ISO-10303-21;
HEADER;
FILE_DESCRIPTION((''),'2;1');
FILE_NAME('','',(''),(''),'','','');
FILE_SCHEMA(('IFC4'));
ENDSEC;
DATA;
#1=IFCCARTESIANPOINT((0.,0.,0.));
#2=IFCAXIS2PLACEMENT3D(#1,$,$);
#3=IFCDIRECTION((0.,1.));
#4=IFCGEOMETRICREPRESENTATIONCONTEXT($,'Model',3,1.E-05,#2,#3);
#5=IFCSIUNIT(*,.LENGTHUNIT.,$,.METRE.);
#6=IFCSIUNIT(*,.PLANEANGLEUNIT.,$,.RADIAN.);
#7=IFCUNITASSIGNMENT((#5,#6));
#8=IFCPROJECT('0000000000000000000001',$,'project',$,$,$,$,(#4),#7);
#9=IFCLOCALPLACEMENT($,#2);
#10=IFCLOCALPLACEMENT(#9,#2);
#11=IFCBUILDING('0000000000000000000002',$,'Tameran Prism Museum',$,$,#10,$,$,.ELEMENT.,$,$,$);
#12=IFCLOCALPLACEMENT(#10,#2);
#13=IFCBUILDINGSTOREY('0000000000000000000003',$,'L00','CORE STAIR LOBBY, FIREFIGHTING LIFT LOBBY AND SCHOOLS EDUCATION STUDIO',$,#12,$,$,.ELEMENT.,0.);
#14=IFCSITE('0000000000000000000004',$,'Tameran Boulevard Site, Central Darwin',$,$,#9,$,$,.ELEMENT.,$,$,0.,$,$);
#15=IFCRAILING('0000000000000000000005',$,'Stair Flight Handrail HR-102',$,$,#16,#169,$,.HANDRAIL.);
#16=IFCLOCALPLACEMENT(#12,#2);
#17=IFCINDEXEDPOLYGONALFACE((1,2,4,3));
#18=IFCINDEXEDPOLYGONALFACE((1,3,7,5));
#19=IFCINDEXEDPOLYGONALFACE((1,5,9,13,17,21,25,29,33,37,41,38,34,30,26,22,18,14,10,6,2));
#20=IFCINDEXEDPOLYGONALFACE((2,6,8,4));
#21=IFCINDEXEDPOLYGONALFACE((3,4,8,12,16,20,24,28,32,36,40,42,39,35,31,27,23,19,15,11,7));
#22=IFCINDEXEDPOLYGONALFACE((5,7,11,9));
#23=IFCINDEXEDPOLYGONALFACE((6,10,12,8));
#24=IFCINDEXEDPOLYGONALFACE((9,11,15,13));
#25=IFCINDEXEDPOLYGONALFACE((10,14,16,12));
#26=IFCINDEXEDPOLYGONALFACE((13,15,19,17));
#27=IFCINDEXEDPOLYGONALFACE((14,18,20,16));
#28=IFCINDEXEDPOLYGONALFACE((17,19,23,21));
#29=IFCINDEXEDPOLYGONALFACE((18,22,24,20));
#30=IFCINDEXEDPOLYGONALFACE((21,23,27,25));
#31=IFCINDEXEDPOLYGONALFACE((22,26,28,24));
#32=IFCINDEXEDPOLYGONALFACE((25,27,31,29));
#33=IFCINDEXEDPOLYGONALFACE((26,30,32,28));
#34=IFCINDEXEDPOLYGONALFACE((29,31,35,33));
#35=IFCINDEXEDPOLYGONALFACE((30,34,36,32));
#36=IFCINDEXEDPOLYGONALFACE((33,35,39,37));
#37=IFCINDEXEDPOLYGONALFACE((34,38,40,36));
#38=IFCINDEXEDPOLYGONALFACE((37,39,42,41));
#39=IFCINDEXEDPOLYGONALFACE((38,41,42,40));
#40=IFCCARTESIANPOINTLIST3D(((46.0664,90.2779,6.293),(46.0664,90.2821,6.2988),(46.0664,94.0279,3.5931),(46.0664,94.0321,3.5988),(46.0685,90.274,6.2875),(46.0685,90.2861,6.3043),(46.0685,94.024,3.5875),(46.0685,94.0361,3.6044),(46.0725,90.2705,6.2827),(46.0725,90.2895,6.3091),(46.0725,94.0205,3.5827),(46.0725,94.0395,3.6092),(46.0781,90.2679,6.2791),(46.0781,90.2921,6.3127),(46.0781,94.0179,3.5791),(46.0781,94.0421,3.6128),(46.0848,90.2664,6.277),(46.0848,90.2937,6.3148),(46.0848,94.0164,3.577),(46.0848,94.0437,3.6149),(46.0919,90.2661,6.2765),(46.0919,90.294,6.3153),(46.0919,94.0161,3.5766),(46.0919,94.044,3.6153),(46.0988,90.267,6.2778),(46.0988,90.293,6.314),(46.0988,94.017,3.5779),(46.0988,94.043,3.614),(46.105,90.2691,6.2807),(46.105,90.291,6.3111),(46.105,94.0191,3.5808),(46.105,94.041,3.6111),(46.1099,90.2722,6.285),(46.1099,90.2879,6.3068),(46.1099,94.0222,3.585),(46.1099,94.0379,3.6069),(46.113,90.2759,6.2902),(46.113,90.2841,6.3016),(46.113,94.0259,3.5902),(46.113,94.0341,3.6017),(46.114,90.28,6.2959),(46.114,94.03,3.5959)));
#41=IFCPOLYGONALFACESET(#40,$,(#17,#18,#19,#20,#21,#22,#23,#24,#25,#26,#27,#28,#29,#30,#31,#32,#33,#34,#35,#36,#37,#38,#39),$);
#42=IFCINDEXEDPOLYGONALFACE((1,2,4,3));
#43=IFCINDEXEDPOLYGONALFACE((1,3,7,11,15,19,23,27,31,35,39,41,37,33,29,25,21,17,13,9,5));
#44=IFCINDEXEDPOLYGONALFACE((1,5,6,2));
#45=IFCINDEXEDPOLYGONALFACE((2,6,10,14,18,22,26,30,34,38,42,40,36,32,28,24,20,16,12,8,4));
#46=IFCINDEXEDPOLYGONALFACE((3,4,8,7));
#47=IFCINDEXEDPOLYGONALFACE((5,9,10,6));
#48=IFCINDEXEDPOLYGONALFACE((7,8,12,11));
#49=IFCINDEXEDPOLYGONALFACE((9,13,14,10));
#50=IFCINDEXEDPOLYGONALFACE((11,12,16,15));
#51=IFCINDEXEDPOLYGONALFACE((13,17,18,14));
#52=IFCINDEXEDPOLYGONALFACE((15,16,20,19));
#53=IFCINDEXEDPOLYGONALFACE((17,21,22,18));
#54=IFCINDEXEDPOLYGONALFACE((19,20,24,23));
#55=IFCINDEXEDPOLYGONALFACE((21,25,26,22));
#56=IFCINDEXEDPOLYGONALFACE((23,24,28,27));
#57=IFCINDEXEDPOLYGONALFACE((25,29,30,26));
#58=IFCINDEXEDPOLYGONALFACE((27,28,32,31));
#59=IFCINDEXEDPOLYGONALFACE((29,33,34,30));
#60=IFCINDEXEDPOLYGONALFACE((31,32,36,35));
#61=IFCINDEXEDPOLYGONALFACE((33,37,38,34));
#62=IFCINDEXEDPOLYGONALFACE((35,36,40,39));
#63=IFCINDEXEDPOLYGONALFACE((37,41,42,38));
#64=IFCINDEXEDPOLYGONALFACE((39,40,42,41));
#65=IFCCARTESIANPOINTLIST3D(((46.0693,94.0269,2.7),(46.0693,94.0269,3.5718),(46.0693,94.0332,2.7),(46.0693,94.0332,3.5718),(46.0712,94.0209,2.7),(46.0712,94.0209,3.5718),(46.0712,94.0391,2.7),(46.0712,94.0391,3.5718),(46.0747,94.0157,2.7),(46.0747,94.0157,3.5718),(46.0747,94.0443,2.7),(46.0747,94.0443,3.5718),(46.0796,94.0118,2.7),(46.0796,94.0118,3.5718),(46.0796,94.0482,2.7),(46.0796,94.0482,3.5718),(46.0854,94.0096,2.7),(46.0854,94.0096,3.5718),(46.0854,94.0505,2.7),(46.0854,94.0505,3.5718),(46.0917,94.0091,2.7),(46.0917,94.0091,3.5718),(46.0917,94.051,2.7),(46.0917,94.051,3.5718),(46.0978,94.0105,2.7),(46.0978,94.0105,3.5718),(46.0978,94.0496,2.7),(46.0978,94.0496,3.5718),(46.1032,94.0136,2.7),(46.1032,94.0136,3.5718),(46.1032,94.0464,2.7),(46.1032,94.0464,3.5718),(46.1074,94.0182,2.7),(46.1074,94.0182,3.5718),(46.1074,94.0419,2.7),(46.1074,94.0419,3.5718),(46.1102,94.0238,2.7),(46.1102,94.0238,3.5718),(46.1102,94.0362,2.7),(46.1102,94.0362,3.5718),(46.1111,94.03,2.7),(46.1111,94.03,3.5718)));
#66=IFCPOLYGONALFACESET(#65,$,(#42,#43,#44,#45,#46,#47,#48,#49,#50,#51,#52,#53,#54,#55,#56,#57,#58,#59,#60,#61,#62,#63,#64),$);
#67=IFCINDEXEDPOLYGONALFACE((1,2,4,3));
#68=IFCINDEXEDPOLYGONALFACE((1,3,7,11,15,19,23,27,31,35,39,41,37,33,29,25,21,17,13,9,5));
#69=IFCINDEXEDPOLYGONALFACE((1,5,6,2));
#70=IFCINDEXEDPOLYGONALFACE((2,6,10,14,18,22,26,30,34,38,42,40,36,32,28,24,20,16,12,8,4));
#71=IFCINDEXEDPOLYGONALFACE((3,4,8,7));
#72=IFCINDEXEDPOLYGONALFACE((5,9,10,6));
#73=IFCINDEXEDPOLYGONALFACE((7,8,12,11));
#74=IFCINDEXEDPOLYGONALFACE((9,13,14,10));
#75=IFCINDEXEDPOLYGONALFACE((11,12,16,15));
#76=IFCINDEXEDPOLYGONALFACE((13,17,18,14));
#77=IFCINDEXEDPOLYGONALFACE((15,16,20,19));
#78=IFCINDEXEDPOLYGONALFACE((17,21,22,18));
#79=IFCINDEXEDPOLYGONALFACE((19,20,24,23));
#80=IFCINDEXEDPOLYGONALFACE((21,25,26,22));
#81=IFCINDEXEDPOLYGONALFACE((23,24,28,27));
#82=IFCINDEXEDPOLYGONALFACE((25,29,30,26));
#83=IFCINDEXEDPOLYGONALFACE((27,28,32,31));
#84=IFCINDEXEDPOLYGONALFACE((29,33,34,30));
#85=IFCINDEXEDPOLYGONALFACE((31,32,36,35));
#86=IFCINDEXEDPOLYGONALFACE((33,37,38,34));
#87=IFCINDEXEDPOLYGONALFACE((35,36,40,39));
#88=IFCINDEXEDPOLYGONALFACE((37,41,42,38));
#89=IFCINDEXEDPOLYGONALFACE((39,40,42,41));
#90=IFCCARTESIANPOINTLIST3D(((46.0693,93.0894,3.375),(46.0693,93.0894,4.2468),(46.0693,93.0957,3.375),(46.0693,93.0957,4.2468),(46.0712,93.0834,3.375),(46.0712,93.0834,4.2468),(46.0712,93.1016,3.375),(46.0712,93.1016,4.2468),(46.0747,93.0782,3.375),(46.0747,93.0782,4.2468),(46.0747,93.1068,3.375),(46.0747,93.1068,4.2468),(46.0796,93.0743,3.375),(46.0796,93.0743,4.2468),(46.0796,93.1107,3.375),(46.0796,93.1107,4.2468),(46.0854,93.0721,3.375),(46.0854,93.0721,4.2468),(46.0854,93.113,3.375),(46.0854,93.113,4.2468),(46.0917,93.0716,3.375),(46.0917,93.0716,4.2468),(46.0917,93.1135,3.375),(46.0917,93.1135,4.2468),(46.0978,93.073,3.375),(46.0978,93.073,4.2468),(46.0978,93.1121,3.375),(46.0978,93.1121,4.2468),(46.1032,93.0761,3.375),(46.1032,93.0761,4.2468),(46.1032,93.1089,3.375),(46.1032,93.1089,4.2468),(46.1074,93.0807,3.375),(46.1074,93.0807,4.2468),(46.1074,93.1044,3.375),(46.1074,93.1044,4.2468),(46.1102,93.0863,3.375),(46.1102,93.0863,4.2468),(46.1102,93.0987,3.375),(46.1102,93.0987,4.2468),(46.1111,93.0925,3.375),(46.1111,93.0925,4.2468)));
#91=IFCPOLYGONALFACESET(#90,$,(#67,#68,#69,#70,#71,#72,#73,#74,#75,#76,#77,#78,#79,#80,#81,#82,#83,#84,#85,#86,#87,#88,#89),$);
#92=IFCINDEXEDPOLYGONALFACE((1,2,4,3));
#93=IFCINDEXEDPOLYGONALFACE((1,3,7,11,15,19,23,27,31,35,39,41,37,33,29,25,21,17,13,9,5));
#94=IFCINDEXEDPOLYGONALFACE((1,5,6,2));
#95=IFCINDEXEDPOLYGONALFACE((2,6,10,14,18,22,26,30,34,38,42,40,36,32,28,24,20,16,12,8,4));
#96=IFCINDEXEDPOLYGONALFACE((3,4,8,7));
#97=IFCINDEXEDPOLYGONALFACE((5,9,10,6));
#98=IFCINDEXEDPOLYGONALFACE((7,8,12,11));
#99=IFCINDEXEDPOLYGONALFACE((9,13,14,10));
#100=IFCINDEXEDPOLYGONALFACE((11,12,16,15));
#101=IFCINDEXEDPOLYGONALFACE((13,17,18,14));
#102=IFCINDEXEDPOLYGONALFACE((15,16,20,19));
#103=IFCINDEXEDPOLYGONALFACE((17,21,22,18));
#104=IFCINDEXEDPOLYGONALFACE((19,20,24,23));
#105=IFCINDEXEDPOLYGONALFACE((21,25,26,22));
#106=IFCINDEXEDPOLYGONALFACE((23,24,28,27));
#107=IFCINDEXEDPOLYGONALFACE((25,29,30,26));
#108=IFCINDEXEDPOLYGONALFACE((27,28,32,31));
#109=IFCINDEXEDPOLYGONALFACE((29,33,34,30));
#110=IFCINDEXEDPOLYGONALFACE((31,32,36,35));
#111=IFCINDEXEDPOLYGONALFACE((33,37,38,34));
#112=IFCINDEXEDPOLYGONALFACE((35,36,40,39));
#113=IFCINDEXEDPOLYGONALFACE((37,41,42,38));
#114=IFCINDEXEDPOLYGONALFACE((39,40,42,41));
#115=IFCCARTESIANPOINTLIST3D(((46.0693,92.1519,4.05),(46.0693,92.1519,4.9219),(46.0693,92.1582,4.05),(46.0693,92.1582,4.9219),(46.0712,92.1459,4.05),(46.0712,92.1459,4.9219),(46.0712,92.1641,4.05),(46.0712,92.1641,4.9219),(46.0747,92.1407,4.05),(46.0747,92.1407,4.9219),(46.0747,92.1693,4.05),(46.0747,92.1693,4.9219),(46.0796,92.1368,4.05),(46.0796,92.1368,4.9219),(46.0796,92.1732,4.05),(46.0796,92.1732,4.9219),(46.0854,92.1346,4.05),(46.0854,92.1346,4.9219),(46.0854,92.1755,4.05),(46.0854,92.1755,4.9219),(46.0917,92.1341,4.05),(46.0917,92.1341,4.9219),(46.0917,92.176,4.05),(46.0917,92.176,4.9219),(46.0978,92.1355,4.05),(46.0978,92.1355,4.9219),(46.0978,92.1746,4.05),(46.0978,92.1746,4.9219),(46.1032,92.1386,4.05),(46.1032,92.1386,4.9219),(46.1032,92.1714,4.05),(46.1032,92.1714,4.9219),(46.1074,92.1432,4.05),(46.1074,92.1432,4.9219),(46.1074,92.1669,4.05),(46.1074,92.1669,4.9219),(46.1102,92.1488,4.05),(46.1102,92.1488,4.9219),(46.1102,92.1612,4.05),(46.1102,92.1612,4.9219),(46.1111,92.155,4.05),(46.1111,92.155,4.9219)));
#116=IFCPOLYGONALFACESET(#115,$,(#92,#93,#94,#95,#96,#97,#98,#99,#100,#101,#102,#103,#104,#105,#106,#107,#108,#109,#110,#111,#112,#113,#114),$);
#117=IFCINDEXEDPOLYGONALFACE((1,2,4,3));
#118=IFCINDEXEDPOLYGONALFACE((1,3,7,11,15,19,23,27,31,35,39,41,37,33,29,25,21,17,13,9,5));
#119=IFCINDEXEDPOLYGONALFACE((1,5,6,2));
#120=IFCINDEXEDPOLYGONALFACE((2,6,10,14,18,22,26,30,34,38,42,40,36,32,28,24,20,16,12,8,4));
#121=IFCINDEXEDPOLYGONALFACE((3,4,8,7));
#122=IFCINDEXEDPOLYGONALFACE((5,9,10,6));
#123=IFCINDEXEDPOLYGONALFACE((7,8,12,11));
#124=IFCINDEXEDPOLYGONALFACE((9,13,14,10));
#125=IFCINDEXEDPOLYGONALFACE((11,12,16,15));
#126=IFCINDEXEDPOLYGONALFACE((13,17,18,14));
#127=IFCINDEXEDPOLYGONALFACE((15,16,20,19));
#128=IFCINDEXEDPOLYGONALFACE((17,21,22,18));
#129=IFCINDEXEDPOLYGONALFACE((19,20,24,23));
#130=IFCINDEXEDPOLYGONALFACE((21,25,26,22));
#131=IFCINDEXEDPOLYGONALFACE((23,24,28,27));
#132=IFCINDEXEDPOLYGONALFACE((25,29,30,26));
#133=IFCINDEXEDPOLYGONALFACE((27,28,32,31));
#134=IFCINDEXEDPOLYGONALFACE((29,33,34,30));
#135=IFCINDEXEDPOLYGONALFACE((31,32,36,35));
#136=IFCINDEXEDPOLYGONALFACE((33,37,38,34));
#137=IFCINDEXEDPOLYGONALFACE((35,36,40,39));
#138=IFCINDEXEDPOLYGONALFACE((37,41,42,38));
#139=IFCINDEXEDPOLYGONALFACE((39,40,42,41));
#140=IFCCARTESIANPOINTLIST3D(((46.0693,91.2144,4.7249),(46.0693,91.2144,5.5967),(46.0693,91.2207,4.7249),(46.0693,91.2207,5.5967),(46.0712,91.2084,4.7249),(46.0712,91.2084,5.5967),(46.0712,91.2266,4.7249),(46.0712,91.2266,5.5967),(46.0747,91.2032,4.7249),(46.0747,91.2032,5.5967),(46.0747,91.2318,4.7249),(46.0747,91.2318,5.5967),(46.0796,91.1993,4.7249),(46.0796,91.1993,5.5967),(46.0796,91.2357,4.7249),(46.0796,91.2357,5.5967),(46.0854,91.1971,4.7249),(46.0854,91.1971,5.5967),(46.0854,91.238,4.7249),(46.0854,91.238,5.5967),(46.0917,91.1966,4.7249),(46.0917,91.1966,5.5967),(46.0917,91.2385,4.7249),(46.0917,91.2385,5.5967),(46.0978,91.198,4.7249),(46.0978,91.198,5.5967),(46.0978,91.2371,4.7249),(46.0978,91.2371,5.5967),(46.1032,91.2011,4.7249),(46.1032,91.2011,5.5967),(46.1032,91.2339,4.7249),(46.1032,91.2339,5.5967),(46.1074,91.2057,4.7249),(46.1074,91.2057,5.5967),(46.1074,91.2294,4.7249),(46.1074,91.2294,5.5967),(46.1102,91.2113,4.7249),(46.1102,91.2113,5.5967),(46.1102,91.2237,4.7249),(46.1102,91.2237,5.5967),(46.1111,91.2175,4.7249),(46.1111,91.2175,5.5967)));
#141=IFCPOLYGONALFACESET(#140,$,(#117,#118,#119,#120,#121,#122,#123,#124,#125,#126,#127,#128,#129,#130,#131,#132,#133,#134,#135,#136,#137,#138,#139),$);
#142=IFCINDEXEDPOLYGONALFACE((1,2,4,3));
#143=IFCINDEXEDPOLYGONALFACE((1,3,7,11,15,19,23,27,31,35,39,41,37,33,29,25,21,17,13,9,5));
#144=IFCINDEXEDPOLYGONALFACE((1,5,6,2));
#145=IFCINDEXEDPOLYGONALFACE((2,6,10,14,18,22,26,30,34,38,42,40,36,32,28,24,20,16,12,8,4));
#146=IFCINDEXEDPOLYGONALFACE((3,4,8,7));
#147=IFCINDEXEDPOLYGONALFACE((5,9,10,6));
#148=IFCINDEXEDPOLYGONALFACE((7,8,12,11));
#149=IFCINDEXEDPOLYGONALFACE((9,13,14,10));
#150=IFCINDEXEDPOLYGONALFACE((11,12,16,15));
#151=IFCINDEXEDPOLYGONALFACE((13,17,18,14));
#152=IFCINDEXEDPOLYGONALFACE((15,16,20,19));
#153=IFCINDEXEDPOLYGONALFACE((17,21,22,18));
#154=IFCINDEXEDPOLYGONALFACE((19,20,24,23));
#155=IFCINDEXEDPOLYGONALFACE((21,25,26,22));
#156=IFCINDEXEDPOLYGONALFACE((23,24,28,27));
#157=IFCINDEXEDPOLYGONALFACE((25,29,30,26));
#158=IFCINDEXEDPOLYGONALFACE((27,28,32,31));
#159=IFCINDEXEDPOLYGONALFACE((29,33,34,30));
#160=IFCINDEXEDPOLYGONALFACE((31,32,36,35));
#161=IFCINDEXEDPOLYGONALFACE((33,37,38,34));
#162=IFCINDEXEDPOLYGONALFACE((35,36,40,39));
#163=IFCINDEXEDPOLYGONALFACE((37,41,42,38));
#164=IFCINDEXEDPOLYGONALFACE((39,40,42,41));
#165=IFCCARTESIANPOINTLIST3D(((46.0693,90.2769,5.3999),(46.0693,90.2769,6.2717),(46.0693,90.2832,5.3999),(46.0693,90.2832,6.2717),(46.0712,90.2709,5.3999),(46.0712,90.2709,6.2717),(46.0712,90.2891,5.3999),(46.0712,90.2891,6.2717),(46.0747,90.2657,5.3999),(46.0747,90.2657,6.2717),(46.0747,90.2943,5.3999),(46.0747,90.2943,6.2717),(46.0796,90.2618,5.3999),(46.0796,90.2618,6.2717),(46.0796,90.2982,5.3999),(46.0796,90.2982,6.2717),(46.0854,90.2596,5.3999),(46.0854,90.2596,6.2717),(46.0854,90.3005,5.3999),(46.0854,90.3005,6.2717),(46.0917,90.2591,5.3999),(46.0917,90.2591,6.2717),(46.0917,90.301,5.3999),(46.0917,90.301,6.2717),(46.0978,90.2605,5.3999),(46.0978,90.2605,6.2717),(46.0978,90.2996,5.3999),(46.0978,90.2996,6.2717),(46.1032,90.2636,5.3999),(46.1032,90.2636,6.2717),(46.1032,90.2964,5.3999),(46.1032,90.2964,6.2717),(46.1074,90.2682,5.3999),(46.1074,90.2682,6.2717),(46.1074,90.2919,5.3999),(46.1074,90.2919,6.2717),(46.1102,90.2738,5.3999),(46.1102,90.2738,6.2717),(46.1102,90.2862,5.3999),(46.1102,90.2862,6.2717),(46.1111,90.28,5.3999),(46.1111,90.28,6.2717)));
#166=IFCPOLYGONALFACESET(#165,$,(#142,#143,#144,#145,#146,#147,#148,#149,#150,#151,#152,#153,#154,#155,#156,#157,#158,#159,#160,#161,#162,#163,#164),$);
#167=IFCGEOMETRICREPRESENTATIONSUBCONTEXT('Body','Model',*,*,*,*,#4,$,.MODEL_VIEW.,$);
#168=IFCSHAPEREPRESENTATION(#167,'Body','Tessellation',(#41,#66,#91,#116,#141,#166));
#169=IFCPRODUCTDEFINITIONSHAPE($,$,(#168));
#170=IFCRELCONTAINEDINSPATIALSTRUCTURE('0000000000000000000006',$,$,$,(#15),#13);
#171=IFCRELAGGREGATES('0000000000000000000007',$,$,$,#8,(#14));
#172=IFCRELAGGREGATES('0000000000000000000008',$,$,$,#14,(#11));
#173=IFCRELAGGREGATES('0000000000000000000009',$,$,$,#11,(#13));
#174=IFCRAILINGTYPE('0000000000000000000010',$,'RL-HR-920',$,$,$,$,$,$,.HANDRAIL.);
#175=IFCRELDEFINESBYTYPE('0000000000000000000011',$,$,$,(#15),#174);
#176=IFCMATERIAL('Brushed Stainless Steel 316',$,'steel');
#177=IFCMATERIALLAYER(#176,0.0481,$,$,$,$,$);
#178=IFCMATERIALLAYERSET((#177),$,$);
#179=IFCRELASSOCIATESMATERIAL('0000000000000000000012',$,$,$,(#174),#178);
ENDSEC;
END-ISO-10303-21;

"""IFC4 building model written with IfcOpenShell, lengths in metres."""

from ifc_helpers import new_model, si_unit, direction, frame, origin, origin_2d, place, context, subcontext, project, spatial, circle, extrude, material, layer, layer_set, type_object, element, save


model = new_model("IFC4")

# Units and contexts
model_context = context("Model", 3, precision=1e-05, world=origin(), true_north=direction((0.0, 1.0)))
body_context = subcontext(model_context, "Body", "Model", "MODEL_VIEW")
ifc_project = project(units=[si_unit("LENGTHUNIT", "METRE"), si_unit("PLANEANGLEUNIT", "RADIAN")], contexts=[model_context])

# Site, building, storey
site_placement = place(None, origin())
site = spatial("IfcSite", under=ifc_project, at=site_placement, Name="Tameran Boulevard Site, Central Darwin", CompositionType="ELEMENT", RefElevation=0.0)
building_placement = place(site_placement, origin())
building = spatial("IfcBuilding", under=site, at=building_placement, Name="Tameran Prism Museum", CompositionType="ELEMENT")
storey_placement = place(building_placement, origin())
storey = spatial("IfcBuildingStorey", under=building, at=storey_placement, Name="L00", Description="CORE STAIR LOBBY, FIREFIGHTING LIFT LOBBY AND SCHOOLS EDUCATION STUDIO", CompositionType="ELEMENT", Elevation=0.0)

# Railing
ifc_material_1 = material(Name="Brushed Stainless Steel 316", Category="steel")
ifc_layer_1 = layer(ifc_material_1, 0.0481)
ifc_layer_set_1 = layer_set([ifc_layer_1])
railing_type_1 = type_object("IfcRailingType", Name="RL-HR-920", PredefinedType="HANDRAIL", material=ifc_layer_set_1)
railing_1_placement = place(storey_placement, frame((46.0901, 94.03, 2.7)))
element("IfcRailing", 1, at=railing_1_placement, inside=storey, type_object=railing_type_1, Name="Stair Flight Handrail HR-102", PredefinedType="HANDRAIL", context=body_context, shape_type="SweptSolid", body=[
    extrude(circle(Radius=0.0239, at=origin_2d()), frame((0.0, 0.0, 0.896), z_axis=(0.0, -0.811539, 0.584298), x_axis=(1.0, 0.0, 0.0)), (0.0, 0.0, 1.0), 4.6208),
    extrude(circle(Radius=0.021, at=origin_2d()), origin(), (0.0, 0.0, 1.0), 0.8718),
    extrude(circle(Radius=0.021, at=origin_2d()), frame((0.0, -0.9375, 0.675)), (0.0, 0.0, 1.0), 0.8718),
    extrude(circle(Radius=0.021, at=origin_2d()), frame((0.0, -1.875, 1.3501)), (0.0, 0.0, 1.0), 0.8718),
    extrude(circle(Radius=0.021, at=origin_2d()), frame((0.0, -2.8125, 2.0249)), (0.0, 0.0, 1.0), 0.8718),
    extrude(circle(Radius=0.021, at=origin_2d()), frame((0.0, -3.75, 2.7)), (0.0, 0.0, 1.0), 0.8718),
])

save(model, "model.ifc")
